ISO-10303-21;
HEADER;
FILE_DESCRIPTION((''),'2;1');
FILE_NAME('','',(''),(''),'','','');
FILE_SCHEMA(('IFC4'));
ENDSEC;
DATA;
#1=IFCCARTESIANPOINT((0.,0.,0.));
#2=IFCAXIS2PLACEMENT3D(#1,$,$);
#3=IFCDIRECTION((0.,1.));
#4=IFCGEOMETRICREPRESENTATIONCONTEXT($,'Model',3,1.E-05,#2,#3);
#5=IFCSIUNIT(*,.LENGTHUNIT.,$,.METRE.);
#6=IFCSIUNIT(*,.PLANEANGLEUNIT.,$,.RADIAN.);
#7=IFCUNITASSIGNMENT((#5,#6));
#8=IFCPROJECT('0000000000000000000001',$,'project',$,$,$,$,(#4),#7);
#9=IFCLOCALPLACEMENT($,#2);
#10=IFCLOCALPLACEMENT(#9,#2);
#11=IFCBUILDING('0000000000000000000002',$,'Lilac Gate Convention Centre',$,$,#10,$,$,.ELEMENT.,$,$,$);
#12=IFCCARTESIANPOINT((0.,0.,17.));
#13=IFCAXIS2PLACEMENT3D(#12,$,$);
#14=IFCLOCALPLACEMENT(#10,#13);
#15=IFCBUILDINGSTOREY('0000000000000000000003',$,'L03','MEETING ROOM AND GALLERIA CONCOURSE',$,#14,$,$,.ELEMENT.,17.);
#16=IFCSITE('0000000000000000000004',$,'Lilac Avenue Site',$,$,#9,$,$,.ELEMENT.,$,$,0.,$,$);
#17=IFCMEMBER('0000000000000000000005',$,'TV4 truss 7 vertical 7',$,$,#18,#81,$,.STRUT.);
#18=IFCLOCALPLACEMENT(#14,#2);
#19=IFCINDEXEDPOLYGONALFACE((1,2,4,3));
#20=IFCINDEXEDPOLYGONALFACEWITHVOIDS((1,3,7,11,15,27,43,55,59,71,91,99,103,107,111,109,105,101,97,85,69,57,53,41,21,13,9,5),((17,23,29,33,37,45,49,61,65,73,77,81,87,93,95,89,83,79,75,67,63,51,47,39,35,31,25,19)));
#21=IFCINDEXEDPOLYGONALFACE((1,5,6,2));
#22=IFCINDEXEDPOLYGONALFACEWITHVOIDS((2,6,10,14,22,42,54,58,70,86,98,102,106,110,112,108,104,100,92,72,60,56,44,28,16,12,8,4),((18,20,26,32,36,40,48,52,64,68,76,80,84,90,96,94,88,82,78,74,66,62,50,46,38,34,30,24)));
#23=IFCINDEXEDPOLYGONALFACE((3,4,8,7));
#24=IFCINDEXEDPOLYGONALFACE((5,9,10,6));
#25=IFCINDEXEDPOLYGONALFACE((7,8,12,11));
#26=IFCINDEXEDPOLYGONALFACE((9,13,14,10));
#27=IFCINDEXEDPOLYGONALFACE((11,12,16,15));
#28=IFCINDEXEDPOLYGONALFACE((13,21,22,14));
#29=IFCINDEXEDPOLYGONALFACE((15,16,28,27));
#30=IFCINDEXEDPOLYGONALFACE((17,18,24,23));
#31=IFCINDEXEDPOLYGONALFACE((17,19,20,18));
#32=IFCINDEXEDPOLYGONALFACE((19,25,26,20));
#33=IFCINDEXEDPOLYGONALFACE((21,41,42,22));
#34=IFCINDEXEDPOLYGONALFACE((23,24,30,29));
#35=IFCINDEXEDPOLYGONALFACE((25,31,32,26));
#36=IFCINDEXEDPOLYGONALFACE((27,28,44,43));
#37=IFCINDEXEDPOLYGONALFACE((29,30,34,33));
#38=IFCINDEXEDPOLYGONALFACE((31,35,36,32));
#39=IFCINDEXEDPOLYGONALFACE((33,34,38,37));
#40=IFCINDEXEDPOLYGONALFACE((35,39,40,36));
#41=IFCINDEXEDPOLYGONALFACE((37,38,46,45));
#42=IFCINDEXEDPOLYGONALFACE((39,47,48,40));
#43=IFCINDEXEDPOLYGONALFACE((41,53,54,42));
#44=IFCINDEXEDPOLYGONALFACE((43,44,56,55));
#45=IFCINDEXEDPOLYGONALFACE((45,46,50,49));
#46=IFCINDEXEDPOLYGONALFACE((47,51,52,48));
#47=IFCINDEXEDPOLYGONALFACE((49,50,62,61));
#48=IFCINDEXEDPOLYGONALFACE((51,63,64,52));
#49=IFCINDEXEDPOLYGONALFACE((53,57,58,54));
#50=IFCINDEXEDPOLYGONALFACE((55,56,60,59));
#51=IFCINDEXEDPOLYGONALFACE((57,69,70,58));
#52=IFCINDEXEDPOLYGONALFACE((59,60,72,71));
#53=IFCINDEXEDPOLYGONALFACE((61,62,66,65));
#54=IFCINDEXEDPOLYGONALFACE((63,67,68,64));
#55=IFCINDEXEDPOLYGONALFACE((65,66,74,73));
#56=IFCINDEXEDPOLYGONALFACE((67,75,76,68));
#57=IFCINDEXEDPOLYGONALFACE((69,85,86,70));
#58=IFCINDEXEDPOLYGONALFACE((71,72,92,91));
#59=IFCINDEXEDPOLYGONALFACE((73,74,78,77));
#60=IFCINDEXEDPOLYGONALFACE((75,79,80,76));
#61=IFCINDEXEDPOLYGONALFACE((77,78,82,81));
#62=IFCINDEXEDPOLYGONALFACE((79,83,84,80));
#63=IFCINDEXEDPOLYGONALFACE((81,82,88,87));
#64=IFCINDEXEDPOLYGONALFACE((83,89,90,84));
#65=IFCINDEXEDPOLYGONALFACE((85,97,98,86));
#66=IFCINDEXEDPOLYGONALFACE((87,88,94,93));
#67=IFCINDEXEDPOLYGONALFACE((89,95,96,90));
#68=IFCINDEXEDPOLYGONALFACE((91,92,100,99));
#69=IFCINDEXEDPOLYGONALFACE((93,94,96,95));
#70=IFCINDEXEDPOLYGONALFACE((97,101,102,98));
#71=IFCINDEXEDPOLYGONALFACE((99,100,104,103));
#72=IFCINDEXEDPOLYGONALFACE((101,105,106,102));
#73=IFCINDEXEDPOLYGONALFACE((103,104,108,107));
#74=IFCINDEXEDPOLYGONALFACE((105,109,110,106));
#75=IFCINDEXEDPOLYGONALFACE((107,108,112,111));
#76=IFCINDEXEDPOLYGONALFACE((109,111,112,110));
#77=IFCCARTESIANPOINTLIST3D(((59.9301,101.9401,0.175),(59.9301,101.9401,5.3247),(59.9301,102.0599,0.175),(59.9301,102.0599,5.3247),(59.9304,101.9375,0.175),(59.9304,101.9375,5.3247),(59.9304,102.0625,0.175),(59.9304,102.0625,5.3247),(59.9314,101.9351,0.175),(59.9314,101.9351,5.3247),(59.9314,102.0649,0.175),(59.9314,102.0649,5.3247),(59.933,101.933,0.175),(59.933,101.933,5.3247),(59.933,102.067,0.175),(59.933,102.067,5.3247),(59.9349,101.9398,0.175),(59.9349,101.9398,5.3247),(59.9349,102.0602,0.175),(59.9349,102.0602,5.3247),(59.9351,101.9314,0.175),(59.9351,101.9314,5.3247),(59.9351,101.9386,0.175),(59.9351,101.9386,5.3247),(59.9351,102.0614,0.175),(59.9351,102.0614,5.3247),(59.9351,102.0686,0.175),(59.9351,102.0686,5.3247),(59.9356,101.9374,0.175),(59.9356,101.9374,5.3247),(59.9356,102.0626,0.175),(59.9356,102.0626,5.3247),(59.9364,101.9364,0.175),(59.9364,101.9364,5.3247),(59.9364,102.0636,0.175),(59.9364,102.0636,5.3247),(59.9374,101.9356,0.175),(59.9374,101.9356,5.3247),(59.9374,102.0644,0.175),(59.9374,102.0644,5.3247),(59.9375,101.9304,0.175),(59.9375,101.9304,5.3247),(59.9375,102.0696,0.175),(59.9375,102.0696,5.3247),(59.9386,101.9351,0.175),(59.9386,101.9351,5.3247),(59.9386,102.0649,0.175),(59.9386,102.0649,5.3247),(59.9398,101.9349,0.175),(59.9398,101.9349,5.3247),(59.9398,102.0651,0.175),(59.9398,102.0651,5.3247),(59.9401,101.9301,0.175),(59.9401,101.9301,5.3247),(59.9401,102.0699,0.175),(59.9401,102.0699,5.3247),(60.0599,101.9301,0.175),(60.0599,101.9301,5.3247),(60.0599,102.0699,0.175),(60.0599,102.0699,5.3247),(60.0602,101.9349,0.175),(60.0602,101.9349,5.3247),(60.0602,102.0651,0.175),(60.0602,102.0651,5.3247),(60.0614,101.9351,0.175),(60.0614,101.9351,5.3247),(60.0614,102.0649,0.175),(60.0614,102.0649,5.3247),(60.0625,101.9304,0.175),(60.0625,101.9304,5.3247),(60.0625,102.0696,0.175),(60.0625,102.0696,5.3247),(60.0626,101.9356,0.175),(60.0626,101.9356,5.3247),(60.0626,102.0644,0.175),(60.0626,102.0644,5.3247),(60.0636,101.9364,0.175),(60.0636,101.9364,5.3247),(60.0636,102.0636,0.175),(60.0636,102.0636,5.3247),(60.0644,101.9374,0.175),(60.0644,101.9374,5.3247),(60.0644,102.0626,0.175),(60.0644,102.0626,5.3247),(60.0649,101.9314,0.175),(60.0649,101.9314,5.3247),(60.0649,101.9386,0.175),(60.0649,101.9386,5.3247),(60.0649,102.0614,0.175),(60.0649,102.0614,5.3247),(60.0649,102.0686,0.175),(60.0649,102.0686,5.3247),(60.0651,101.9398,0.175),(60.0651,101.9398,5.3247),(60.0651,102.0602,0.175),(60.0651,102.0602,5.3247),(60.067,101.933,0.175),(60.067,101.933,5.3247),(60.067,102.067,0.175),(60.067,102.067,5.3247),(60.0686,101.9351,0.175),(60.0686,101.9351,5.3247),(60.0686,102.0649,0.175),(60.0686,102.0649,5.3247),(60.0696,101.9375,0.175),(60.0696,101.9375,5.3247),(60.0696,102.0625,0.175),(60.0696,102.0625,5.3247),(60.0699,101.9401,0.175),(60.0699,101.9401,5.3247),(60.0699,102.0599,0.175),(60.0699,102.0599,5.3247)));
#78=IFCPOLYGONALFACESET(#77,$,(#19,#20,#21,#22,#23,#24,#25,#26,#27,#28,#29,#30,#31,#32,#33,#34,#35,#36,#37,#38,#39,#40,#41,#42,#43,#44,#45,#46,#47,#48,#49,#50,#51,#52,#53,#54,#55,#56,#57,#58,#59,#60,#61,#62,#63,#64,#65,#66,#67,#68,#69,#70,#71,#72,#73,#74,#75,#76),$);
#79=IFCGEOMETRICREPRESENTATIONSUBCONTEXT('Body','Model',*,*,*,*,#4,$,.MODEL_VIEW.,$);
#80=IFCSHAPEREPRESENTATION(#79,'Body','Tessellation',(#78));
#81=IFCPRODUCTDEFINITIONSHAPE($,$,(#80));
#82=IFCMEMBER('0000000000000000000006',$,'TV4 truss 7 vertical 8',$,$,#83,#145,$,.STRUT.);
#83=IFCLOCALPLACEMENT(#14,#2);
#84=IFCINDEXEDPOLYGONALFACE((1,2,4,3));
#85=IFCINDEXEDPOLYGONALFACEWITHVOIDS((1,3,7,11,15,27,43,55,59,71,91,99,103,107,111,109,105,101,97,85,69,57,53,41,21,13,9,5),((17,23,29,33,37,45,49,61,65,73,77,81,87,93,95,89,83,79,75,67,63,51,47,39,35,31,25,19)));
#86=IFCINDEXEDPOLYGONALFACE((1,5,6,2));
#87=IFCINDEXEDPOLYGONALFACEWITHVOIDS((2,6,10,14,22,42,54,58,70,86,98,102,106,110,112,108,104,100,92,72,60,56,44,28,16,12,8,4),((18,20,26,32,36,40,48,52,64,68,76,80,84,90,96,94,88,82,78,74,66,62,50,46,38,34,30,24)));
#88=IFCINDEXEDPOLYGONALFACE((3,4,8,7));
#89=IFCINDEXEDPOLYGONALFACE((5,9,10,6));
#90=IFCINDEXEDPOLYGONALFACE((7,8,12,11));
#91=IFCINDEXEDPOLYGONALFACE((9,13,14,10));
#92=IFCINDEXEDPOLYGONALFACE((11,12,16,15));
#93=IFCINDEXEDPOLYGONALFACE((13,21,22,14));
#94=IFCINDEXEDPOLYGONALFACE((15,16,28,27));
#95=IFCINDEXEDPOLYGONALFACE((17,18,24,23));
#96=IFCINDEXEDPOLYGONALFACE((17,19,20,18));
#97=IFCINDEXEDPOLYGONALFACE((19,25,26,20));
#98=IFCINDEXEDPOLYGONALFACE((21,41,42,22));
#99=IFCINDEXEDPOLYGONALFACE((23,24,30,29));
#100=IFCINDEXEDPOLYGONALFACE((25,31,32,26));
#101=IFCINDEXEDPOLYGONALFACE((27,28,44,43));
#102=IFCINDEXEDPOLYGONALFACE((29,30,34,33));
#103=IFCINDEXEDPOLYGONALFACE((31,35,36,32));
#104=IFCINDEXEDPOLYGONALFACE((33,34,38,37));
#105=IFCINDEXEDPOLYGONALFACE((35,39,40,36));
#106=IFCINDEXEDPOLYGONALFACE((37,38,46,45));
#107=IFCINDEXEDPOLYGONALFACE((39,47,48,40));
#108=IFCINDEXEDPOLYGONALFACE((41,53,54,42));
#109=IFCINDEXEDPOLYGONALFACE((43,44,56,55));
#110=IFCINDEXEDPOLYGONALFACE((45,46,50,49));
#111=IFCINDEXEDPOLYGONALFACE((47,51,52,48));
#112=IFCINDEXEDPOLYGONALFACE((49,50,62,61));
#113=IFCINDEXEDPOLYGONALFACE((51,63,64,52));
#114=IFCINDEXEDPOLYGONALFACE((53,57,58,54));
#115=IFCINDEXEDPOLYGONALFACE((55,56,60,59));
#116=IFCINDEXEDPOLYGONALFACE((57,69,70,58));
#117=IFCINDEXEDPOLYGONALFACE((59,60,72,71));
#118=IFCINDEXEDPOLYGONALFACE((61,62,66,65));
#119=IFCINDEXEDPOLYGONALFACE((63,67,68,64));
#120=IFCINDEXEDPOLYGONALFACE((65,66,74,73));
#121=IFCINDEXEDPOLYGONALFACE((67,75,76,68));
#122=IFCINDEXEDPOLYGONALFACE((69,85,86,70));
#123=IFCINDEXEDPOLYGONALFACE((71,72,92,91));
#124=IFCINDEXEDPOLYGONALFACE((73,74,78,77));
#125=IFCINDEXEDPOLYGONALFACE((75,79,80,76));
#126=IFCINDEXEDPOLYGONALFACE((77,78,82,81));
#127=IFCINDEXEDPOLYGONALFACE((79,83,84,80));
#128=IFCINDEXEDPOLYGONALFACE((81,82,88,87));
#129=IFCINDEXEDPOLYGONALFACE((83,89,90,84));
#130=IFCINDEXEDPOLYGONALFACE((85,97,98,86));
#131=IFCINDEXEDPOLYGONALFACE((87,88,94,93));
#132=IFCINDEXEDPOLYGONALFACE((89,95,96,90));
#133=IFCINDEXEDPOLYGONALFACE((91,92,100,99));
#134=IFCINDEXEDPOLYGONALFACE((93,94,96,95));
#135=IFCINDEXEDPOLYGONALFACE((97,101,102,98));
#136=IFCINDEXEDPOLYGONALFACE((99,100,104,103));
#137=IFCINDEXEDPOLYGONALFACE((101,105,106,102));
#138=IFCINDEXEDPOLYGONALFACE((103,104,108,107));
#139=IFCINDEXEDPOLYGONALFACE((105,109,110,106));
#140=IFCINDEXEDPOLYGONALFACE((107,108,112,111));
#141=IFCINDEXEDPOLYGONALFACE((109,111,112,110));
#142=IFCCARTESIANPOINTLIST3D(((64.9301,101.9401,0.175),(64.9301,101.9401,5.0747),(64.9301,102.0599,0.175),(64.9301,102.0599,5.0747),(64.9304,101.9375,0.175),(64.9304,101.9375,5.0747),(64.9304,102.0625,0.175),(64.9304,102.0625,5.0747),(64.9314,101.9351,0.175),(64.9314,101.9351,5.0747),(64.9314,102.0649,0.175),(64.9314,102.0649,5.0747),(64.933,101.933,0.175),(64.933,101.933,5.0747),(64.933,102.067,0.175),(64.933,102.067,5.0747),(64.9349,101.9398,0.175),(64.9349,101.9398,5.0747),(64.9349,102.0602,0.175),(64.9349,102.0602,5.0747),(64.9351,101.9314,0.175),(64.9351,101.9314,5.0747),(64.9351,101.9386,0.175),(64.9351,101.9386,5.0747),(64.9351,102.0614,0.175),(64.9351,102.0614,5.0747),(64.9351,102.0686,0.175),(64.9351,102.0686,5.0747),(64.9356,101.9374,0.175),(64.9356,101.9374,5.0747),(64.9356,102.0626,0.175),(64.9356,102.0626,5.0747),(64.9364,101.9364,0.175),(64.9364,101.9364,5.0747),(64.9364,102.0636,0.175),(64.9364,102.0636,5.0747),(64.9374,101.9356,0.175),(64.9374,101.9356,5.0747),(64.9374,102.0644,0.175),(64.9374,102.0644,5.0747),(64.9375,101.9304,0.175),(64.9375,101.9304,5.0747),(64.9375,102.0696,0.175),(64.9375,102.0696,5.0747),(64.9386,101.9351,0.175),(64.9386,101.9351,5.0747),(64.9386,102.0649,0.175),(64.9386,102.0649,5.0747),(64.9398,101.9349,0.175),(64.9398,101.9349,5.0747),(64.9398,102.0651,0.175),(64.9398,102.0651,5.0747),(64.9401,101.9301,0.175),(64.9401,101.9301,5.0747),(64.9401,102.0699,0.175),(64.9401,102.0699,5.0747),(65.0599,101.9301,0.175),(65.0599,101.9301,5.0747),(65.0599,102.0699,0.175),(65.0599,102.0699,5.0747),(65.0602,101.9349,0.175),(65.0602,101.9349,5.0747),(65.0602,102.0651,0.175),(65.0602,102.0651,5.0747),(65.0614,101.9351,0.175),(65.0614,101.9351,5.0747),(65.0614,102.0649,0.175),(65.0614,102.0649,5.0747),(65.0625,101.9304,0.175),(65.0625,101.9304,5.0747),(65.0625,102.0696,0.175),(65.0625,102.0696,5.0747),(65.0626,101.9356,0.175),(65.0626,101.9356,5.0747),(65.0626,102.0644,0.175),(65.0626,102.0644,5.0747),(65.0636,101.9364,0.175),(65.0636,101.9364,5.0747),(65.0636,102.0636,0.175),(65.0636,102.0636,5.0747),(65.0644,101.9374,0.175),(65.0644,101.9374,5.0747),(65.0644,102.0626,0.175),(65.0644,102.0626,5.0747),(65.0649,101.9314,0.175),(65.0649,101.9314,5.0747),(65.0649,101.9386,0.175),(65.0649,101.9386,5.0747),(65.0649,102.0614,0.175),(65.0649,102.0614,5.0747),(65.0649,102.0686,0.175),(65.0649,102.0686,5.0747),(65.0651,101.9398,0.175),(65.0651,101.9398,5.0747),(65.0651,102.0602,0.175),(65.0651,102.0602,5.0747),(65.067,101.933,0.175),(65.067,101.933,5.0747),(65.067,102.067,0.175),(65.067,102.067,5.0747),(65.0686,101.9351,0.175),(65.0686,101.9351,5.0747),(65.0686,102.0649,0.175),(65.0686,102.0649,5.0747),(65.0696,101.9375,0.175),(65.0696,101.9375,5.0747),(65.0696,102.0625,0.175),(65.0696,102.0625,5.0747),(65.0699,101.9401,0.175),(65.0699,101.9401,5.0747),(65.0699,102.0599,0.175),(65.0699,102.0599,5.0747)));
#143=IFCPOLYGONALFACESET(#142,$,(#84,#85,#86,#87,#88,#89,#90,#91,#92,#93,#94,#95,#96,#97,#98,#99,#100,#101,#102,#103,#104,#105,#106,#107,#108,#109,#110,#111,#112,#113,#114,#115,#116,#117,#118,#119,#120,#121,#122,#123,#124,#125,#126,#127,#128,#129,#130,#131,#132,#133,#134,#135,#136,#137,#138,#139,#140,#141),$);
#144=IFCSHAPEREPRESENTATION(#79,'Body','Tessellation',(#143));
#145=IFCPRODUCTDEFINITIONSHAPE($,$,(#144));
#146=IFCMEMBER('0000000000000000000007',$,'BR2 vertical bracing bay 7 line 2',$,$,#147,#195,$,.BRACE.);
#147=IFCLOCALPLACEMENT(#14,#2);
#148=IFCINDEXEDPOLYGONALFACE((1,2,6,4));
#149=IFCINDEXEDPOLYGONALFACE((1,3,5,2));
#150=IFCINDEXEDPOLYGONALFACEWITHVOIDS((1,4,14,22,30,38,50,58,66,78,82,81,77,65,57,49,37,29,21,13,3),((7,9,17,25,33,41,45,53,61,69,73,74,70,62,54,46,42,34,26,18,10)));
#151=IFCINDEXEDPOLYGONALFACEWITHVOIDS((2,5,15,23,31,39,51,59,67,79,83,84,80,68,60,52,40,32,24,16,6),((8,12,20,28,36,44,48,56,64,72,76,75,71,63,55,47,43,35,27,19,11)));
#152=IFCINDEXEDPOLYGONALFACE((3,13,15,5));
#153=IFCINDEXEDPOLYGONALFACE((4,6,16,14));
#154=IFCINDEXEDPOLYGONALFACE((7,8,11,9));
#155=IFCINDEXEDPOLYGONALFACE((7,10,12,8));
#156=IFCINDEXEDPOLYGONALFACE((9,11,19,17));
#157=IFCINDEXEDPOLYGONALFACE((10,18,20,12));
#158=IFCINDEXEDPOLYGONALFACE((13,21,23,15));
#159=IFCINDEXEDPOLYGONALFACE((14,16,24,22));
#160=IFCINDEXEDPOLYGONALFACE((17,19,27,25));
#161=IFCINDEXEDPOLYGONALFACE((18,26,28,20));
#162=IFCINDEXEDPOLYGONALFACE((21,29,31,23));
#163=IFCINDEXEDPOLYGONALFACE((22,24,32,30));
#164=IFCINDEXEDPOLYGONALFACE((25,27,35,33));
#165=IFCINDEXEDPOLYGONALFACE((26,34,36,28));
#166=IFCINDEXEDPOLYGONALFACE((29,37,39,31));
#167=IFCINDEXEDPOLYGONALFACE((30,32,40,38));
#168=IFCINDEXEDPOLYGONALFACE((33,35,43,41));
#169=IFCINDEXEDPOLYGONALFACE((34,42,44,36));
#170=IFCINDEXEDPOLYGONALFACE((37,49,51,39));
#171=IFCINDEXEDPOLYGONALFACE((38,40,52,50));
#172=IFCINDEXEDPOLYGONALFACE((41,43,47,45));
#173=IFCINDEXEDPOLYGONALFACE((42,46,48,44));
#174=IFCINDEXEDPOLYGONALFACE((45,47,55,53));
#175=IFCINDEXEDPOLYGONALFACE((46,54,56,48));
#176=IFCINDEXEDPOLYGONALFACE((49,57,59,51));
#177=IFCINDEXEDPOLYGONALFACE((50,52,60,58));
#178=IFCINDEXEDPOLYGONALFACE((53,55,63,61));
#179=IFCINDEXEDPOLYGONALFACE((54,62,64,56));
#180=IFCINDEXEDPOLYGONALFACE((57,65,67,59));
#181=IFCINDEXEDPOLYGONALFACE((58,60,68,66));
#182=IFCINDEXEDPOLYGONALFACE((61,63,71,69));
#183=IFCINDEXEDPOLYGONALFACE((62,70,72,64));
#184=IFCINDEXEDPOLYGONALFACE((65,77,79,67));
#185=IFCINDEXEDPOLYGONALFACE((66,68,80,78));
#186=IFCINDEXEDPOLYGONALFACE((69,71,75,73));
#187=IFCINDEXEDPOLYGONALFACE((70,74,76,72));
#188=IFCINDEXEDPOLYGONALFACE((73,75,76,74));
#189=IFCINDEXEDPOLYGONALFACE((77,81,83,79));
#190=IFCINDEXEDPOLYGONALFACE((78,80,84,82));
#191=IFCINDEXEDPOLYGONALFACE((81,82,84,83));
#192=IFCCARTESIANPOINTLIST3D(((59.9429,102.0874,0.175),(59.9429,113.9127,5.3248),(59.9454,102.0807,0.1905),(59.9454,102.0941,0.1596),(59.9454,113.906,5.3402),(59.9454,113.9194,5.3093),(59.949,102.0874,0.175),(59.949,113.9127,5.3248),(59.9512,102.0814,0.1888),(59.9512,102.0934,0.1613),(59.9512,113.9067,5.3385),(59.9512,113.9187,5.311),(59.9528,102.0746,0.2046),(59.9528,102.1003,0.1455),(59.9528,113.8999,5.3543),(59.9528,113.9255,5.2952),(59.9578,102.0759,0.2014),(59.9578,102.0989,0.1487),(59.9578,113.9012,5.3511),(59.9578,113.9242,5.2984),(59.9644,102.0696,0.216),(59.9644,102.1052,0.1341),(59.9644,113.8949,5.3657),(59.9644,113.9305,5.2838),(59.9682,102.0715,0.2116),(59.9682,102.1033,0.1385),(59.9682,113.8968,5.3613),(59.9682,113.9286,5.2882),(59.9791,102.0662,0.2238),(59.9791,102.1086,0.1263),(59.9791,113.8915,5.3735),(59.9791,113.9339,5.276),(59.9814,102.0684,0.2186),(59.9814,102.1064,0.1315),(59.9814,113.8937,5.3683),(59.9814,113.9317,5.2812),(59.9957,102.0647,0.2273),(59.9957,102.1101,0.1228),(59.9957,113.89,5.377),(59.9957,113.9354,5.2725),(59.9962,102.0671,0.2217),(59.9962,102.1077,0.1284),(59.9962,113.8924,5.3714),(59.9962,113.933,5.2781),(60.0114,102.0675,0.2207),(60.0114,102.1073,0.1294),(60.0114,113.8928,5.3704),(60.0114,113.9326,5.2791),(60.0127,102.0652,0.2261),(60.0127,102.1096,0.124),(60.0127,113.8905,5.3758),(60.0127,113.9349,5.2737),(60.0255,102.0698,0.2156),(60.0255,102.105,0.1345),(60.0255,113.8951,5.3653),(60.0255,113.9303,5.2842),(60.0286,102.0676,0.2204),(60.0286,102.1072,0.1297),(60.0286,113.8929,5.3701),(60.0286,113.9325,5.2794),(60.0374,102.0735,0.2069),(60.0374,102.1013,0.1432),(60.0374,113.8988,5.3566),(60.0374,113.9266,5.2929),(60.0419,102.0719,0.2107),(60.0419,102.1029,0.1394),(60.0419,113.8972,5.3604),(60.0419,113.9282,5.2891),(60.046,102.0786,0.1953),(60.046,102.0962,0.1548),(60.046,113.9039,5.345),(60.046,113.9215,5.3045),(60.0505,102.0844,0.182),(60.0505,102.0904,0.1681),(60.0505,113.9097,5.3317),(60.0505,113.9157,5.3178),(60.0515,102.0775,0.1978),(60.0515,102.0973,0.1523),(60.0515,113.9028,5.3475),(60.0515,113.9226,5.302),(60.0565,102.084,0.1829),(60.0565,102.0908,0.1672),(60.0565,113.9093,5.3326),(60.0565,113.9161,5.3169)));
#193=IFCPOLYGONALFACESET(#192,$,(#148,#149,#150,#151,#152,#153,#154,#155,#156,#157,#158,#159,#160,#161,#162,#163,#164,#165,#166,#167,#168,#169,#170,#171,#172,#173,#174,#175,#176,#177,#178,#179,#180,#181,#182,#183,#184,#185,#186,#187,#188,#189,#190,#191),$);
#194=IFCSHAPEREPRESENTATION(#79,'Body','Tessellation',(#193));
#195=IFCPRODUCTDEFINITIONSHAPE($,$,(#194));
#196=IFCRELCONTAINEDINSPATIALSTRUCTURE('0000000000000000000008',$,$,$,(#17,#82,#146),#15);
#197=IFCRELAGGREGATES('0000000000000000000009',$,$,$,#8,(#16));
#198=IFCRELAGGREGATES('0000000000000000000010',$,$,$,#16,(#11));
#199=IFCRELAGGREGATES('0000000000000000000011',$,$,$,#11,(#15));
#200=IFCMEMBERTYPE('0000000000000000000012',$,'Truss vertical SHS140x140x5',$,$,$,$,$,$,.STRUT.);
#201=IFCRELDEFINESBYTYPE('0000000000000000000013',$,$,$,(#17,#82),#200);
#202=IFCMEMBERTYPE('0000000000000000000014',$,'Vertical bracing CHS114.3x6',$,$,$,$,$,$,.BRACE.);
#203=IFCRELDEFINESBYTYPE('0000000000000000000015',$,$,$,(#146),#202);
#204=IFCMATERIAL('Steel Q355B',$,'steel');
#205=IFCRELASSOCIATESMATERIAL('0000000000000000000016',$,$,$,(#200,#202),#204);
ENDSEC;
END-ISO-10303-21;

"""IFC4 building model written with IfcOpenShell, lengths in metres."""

from ifc_helpers import new_model, si_unit, direction, frame, origin, origin_2d, place, context, subcontext, project, spatial, hollow_rectangle, hollow_circle, extrude, material, material_profile, profile_set, type_object, element, save


model = new_model("IFC4")

# Units and contexts
model_context = context("Model", 3, precision=1e-05, world=origin(), true_north=direction((0.0, 1.0)))
body_context = subcontext(model_context, "Body", "Model", "MODEL_VIEW")
ifc_project = project(units=[si_unit("LENGTHUNIT", "METRE"), si_unit("PLANEANGLEUNIT", "RADIAN")], contexts=[model_context])

# Site, building, storey
site_placement = place(None, origin())
site = spatial("IfcSite", under=ifc_project, at=site_placement, Name="Lilac Avenue Site", CompositionType="ELEMENT", RefElevation=0.0)
building_placement = place(site_placement, origin())
building = spatial("IfcBuilding", under=site, at=building_placement, Name="Lilac Gate Convention Centre", CompositionType="ELEMENT")
storey_placement = place(building_placement, frame((0.0, 0.0, 17.0)))
storey = spatial("IfcBuildingStorey", under=building, at=storey_placement, Name="L03", Description="MEETING ROOM AND GALLERIA CONCOURSE", CompositionType="ELEMENT", Elevation=17.0)

# Members
ifc_material = material(Name="Steel Q355B", Category="steel")
ifc_material_profile_1 = material_profile(ifc_material, hollow_rectangle(XDim=0.1399, YDim=0.1399, WallThickness=0.0049, InnerFilletRadius=0.0049, OuterFilletRadius=0.01, at=origin_2d()), Name="SHS140x140x5")
ifc_profile_set_1 = profile_set([ifc_material_profile_1], Name="Steel Q355B")
member_type_1 = type_object("IfcMemberType", Name="Truss vertical SHS140x140x5", PredefinedType="STRUT", material=ifc_profile_set_1)
member_1_placement = place(storey_placement, frame((60.0, 102.0, 0.175), z_axis=(0.0, 0.0, 1.0), x_axis=(1.0, 0.0, 0.0)))
element("IfcMember", 1, at=member_1_placement, inside=storey, type_object=member_type_1, Name="TV4 truss 7 vertical 7", PredefinedType="STRUT", context=body_context, shape_type="SweptSolid", body=[
    extrude(hollow_rectangle(XDim=0.1399, YDim=0.1399, WallThickness=0.0049, InnerFilletRadius=0.0049, OuterFilletRadius=0.01, at=origin_2d()), origin(), (0.0, 0.0, 1.0), 5.1497),
])
member_2_placement = place(storey_placement, frame((65.0, 102.0, 0.175), z_axis=(0.0, 0.0, 1.0), x_axis=(1.0, 0.0, 0.0)))
element("IfcMember", 2, at=member_2_placement, inside=storey, type_object=member_type_1, Name="TV4 truss 7 vertical 8", PredefinedType="STRUT", context=body_context, shape_type="SweptSolid", body=[
    extrude(hollow_rectangle(XDim=0.1399, YDim=0.1399, WallThickness=0.0049, InnerFilletRadius=0.0049, OuterFilletRadius=0.01, at=origin_2d()), origin(), (0.0, 0.0, 1.0), 4.8997),
])
ifc_material_profile_2 = material_profile(ifc_material, hollow_circle(Radius=0.0571, WallThickness=0.0061, at=origin_2d()), Name="CHS114.3x6")
ifc_profile_set_2 = profile_set([ifc_material_profile_2], Name="Steel Q355B")
member_type_2 = type_object("IfcMemberType", Name="Vertical bracing CHS114.3x6", PredefinedType="BRACE", material=ifc_profile_set_2)
member_3_placement = place(storey_placement, frame((60.0, 102.0874, 0.175), z_axis=(0.0, 0.916835, 0.399265), x_axis=(-1.0, 0.0, 0.0)))
element("IfcMember", 3, at=member_3_placement, inside=storey, type_object=member_type_2, Name="BR2 vertical bracing bay 7 line 2", PredefinedType="BRACE", context=body_context, shape_type="SweptSolid", body=[
    extrude(hollow_circle(Radius=0.0571, WallThickness=0.0061, at=origin_2d()), origin(), (0.0, 0.0, 1.0), 12.8979),
])

save(model, "model.ifc")
